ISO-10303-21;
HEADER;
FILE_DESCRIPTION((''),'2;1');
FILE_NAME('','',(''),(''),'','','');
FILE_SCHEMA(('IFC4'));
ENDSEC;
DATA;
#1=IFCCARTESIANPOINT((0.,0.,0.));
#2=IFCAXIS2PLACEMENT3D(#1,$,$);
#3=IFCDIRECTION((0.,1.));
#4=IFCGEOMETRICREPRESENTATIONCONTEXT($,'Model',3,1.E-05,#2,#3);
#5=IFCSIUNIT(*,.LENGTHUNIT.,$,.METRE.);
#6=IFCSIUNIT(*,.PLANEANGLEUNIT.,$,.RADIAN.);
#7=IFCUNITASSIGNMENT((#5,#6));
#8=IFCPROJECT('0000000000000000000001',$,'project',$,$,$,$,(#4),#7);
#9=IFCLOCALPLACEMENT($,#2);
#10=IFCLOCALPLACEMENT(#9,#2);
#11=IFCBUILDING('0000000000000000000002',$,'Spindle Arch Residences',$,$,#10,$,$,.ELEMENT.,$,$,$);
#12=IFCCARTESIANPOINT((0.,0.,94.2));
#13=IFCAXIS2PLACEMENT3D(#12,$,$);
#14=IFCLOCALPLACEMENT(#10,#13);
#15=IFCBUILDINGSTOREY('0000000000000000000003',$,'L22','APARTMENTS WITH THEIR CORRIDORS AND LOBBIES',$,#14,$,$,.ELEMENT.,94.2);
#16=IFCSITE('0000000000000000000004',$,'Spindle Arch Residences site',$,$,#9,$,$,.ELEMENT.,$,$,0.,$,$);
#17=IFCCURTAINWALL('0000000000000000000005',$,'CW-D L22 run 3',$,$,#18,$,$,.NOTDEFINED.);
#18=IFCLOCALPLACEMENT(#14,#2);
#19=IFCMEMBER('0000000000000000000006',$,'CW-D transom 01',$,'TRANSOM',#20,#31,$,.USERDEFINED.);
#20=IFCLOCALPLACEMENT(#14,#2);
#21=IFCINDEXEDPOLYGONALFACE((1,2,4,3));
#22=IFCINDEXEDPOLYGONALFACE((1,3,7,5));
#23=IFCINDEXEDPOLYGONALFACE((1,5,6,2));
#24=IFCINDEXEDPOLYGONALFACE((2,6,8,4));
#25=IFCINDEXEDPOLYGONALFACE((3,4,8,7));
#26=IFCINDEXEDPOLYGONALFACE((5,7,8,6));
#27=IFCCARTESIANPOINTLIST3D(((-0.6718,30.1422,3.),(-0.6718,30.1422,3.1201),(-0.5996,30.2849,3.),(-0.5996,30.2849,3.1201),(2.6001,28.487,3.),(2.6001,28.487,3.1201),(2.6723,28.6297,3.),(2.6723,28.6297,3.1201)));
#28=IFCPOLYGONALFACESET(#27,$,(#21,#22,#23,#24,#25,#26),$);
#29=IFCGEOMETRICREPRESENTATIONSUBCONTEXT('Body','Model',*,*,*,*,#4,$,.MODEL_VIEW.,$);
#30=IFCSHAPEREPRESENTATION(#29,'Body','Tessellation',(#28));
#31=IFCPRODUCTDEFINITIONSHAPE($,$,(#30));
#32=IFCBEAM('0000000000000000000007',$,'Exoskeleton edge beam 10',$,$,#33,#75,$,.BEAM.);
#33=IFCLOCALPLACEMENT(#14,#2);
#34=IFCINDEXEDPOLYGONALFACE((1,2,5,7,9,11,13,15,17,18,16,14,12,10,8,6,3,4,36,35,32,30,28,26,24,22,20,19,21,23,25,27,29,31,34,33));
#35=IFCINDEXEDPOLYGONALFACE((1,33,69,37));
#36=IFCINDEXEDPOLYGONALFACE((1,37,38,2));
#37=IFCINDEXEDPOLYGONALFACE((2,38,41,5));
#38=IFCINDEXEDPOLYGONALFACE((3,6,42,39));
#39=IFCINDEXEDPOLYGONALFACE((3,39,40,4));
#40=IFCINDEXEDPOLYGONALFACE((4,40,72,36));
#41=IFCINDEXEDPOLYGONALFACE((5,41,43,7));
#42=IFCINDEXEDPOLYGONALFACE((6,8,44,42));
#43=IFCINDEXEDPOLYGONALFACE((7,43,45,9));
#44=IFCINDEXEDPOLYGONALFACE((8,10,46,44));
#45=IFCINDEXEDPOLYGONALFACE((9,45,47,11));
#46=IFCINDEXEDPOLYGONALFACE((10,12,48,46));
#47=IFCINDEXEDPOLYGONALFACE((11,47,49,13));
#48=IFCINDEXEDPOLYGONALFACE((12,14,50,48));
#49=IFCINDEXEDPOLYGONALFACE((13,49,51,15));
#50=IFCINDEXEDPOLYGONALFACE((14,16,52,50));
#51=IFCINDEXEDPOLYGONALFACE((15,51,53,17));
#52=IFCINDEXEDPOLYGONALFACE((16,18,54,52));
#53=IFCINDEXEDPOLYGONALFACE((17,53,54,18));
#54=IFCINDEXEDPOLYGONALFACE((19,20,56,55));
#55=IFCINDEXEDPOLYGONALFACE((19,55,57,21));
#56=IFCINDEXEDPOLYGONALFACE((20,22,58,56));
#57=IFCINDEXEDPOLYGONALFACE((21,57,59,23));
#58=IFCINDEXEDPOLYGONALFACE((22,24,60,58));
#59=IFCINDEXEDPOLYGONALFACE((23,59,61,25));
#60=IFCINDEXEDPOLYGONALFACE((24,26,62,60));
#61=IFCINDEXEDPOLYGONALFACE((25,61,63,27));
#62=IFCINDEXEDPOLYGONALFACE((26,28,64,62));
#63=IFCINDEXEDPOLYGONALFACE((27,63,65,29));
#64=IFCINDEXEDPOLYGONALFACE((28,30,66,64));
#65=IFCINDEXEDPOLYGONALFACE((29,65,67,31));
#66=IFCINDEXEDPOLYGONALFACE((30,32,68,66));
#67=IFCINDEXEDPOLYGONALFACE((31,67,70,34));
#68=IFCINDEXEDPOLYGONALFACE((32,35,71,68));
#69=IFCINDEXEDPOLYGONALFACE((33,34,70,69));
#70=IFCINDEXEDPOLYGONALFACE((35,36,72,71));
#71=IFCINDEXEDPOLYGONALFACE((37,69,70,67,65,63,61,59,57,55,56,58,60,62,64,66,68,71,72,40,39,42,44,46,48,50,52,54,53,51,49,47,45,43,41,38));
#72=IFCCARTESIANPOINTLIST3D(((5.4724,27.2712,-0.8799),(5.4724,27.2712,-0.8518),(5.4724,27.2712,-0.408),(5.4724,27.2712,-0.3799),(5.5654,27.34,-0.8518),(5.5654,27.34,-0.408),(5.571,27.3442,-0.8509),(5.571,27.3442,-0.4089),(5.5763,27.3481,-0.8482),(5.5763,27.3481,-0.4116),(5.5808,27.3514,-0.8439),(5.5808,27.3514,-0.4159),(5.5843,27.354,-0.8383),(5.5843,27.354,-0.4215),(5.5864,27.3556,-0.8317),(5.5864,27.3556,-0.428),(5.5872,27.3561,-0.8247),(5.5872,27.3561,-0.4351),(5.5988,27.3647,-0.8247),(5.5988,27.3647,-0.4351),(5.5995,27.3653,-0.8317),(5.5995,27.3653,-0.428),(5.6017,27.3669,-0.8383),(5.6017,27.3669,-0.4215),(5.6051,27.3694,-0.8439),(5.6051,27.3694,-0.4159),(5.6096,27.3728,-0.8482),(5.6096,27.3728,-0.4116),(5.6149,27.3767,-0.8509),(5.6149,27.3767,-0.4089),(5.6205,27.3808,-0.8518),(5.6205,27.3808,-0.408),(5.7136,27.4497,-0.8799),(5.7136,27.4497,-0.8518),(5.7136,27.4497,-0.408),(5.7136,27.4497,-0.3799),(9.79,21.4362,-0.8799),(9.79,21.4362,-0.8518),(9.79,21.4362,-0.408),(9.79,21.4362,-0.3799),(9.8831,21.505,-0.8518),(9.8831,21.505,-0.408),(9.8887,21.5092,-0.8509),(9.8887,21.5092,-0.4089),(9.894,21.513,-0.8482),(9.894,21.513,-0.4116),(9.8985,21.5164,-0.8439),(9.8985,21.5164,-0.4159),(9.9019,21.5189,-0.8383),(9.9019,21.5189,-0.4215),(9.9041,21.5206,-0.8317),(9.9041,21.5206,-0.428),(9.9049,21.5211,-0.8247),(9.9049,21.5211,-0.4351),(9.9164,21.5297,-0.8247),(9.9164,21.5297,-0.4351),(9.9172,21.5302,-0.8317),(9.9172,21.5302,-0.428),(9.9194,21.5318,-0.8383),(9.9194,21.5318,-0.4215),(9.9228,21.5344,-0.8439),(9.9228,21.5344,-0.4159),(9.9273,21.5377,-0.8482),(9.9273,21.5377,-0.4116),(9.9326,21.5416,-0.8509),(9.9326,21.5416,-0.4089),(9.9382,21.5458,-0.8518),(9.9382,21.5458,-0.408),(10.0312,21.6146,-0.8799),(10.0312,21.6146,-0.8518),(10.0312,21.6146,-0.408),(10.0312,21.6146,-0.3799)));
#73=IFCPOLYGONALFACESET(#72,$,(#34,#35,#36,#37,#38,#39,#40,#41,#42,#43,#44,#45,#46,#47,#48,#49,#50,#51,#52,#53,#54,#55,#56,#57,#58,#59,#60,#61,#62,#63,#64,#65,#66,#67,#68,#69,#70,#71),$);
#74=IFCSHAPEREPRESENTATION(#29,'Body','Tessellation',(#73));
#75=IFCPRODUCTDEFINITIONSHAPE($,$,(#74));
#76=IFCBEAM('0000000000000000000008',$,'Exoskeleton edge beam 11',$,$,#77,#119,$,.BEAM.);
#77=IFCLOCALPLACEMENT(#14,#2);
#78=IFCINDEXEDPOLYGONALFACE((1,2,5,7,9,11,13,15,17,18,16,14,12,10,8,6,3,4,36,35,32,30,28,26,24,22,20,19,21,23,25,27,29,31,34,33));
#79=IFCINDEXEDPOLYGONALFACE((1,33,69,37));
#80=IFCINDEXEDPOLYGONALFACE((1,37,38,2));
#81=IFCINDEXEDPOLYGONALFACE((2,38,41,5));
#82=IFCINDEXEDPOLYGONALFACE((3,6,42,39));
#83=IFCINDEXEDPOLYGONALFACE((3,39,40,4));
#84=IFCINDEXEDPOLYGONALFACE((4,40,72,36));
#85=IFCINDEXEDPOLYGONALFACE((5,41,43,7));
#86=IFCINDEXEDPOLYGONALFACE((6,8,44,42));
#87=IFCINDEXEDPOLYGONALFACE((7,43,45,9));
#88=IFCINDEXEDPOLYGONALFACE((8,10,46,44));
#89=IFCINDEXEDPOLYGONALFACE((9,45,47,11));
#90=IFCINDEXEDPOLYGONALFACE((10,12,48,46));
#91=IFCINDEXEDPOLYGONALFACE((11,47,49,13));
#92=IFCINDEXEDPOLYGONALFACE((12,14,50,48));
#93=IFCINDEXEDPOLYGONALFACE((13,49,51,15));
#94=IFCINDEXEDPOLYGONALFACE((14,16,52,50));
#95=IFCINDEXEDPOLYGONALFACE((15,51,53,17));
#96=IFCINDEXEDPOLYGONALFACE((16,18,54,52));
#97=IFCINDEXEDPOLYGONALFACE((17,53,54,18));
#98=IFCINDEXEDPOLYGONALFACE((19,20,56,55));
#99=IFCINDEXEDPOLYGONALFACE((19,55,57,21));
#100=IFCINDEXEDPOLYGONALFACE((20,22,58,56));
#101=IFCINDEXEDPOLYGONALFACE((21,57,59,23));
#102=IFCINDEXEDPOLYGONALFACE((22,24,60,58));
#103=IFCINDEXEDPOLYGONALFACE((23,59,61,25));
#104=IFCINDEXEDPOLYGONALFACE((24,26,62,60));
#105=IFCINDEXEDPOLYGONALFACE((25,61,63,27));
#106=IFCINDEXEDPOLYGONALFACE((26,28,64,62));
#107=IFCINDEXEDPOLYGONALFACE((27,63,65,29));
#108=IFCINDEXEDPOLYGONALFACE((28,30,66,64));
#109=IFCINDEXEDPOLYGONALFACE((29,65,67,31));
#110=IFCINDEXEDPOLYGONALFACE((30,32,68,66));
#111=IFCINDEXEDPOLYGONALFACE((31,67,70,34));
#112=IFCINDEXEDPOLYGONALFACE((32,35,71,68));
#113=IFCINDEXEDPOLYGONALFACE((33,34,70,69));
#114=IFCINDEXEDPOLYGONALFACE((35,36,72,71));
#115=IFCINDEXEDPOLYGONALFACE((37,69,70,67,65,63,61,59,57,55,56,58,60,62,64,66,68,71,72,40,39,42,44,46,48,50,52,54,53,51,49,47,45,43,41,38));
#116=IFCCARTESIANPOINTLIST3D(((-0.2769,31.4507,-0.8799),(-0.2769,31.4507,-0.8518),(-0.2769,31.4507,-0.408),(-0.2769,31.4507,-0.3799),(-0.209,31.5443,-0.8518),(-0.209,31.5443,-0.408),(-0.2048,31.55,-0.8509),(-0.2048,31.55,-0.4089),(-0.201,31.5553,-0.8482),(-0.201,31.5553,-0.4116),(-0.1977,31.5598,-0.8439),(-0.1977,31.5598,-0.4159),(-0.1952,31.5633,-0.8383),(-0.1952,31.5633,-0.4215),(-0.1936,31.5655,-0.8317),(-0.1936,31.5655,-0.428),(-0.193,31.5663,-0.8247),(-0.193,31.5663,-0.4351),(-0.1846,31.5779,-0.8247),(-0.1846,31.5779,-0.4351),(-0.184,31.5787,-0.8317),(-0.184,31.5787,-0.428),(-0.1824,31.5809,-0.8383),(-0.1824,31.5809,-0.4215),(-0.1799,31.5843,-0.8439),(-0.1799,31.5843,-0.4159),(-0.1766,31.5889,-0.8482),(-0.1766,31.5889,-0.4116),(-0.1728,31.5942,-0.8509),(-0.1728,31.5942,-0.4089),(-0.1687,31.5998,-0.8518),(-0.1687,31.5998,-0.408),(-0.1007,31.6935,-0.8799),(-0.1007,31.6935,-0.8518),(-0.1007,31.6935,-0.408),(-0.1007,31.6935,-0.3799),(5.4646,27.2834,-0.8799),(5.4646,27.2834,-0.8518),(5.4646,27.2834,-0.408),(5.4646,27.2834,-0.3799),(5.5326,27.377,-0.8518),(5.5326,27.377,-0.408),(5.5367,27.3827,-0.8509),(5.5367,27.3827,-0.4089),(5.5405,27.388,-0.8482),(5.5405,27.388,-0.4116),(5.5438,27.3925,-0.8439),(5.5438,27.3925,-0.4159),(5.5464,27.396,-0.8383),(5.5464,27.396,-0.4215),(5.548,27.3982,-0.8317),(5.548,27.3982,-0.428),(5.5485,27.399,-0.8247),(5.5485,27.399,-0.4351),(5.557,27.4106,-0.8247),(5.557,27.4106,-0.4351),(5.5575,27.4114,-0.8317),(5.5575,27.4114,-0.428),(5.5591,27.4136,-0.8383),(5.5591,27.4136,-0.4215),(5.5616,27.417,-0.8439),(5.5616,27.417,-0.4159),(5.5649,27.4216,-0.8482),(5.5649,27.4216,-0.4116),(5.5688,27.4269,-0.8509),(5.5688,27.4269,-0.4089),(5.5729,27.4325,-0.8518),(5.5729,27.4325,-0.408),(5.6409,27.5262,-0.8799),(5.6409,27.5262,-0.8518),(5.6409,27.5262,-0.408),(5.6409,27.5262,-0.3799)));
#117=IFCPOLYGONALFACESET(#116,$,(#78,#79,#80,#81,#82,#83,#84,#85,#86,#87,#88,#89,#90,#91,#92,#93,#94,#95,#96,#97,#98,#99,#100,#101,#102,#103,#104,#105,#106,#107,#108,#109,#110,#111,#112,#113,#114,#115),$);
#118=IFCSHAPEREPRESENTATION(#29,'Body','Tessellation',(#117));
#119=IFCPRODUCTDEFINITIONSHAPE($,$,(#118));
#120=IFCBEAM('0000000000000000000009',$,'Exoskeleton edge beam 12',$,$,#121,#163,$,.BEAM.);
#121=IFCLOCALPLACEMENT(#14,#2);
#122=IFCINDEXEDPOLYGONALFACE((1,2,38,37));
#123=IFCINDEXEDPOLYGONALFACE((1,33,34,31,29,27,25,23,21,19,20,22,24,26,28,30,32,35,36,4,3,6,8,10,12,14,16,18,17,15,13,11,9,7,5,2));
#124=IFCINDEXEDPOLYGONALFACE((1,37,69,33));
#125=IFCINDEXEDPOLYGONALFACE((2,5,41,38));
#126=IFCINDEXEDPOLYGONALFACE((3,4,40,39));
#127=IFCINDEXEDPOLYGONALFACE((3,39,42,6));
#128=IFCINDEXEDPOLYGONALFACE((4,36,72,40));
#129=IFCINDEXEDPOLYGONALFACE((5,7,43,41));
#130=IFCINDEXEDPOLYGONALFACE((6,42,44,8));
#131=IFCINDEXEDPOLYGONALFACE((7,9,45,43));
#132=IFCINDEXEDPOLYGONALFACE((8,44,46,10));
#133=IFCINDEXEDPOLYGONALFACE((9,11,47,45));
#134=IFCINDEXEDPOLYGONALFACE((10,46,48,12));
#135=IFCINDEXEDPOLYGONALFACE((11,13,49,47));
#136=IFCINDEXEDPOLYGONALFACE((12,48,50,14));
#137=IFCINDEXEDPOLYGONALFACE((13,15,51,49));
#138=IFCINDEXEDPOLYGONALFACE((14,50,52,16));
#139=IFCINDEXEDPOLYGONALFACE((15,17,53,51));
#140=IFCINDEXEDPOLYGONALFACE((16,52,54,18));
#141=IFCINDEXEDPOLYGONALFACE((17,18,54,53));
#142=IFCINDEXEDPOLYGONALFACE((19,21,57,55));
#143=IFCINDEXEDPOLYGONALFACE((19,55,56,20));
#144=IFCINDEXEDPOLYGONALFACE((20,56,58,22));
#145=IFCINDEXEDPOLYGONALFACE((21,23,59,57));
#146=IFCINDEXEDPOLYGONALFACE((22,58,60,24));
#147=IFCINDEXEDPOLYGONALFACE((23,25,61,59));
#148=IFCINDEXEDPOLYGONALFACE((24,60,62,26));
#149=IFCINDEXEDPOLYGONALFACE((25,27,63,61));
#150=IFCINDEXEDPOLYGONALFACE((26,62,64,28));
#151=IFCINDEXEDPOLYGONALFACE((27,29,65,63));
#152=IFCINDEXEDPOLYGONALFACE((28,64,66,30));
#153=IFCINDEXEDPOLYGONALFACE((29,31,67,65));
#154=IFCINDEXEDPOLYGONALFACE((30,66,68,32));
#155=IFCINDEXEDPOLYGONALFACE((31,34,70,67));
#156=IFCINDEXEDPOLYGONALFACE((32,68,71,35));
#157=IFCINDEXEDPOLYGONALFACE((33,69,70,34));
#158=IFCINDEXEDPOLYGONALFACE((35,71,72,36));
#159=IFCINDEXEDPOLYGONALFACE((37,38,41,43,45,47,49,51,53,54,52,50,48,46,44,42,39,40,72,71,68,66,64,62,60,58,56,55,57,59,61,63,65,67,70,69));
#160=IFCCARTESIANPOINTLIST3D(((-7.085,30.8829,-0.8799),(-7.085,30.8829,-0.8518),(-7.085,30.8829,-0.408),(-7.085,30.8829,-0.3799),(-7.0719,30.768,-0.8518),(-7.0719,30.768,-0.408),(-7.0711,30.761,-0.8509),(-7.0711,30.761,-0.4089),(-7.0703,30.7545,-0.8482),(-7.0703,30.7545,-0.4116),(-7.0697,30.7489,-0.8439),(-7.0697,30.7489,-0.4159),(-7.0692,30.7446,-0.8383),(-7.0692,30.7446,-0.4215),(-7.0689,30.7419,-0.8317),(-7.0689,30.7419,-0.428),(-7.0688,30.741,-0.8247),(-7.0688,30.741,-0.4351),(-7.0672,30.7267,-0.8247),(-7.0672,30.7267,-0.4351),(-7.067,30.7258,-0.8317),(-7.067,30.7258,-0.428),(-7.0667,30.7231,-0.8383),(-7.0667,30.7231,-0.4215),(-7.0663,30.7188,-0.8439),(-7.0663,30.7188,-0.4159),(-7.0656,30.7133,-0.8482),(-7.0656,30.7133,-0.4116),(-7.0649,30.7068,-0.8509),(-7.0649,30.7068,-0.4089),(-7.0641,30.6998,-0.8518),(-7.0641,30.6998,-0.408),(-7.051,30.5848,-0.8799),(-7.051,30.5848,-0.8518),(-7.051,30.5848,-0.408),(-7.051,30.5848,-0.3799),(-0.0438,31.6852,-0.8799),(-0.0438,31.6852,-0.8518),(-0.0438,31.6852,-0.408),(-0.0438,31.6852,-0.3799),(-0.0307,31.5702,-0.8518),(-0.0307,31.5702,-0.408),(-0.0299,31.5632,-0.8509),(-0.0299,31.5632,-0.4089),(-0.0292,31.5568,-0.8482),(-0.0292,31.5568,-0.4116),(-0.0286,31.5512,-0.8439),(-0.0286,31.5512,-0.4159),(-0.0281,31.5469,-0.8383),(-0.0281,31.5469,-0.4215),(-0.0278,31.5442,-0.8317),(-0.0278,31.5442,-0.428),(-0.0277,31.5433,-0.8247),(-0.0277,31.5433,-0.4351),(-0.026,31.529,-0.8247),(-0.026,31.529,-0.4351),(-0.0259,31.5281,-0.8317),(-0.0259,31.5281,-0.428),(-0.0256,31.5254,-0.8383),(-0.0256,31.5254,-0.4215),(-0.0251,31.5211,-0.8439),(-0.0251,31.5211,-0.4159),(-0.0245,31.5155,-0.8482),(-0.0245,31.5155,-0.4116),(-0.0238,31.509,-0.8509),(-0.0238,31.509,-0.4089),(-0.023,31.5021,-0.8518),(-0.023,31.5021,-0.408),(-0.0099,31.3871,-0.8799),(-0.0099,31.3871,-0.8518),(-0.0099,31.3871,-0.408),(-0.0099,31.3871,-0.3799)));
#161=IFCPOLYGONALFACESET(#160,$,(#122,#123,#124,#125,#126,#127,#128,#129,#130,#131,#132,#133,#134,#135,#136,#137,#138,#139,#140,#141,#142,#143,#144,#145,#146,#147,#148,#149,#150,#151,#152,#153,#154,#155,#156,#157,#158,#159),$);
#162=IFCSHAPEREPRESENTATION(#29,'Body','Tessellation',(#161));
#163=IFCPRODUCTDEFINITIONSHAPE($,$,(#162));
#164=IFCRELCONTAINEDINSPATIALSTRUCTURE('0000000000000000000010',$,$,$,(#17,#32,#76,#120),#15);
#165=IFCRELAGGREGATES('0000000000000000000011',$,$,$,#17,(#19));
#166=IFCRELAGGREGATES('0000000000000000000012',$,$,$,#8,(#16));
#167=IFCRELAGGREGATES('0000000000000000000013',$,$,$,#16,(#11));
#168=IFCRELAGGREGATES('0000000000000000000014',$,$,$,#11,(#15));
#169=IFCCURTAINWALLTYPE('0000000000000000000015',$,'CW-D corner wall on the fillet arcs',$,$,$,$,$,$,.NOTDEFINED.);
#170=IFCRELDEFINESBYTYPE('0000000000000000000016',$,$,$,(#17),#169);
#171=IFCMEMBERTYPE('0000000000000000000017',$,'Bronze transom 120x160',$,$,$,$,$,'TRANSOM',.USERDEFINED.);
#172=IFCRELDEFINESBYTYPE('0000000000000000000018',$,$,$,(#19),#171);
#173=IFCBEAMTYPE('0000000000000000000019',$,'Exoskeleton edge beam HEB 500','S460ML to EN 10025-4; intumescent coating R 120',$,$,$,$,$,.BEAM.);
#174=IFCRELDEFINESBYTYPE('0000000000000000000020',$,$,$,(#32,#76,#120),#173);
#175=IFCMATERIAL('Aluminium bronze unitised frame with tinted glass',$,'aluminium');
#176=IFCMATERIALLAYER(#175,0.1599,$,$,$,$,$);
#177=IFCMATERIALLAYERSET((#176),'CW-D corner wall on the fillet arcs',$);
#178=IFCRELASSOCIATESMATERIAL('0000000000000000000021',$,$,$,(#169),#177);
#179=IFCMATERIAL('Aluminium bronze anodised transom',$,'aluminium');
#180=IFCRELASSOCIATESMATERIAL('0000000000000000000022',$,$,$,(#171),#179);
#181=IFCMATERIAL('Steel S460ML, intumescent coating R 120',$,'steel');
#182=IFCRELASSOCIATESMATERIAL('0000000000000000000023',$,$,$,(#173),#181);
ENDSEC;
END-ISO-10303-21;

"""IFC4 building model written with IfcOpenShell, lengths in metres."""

from ifc_helpers import new_model, si_unit, direction, frame, origin, origin_2d, place, context, subcontext, project, spatial, rectangle, i_section, extrude, material, layer, layer_set, material_profile, profile_set, type_object, element, aggregate, save


model = new_model("IFC4")

# Units and contexts
model_context = context("Model", 3, precision=1e-05, world=origin(), true_north=direction((0.0, 1.0)))
body_context = subcontext(model_context, "Body", "Model", "MODEL_VIEW")
ifc_project = project(units=[si_unit("LENGTHUNIT", "METRE"), si_unit("PLANEANGLEUNIT", "RADIAN")], contexts=[model_context])

# Site, building, storey
site_placement = place(None, origin())
site = spatial("IfcSite", under=ifc_project, at=site_placement, Name="Spindle Arch Residences site", CompositionType="ELEMENT", RefElevation=0.0)
building_placement = place(site_placement, origin())
building = spatial("IfcBuilding", under=site, at=building_placement, Name="Spindle Arch Residences", CompositionType="ELEMENT")
storey_placement = place(building_placement, frame((0.0, 0.0, 94.2)))
storey = spatial("IfcBuildingStorey", under=building, at=storey_placement, Name="L22", Description="APARTMENTS WITH THEIR CORRIDORS AND LOBBIES", CompositionType="ELEMENT", Elevation=94.2)

# Curtain wall, member
ifc_material_1 = material(Name="Aluminium bronze unitised frame with tinted glass", Category="aluminium")
ifc_layer_1 = layer(ifc_material_1, 0.1599)
ifc_layer_set_1 = layer_set([ifc_layer_1], Name="CW-D corner wall on the fillet arcs")
curtain_wall_type_1 = type_object("IfcCurtainWallType", Name="CW-D corner wall on the fillet arcs", PredefinedType="NOTDEFINED", material=ifc_layer_set_1)
curtain_wall_1_placement = place(storey_placement, origin())
curtain_wall_1 = element("IfcCurtainWall", 1, at=curtain_wall_1_placement, inside=storey, type_object=curtain_wall_type_1, Name="CW-D L22 run 3", PredefinedType="NOTDEFINED")
ifc_material_2 = material(Name="Aluminium bronze anodised transom", Category="aluminium")
ifc_material_profile_1 = material_profile(ifc_material_2, rectangle(XDim=0.1599, YDim=0.1201, at=origin_2d()), Name="TR 120x160")
ifc_profile_set_1 = profile_set([ifc_material_profile_1], Name="Aluminium bronze anodised transom")
member_type_1 = type_object("IfcMemberType", Name="Bronze transom 120x160", ElementType="TRANSOM", PredefinedType="USERDEFINED", material=ifc_profile_set_1)
member_1_placement = place(storey_placement, frame((2.6362, 28.5583, 3.0601), z_axis=(-0.892313, 0.451417, 0.0), x_axis=(-0.451417, -0.892313, 0.0)))
member_1 = element("IfcMember", 2, at=member_1_placement, type_object=member_type_1, Name="CW-D transom 01", ObjectType="TRANSOM", PredefinedType="USERDEFINED", context=body_context, shape_type="SweptSolid", body=[
    extrude(rectangle(XDim=0.1599, YDim=0.1201, at=origin_2d()), origin(), (0.0, 0.0, 1.0), 3.6667),
])

# Beams
ifc_material_3 = material(Name="Steel S460ML, intumescent coating R 120", Category="steel")
ifc_material_profile_2 = material_profile(ifc_material_3, i_section(OverallWidth=0.3, OverallDepth=0.5, WebThickness=0.0144, FlangeThickness=0.0281, FilletRadius=0.0271, at=origin_2d()), Name="HEB 500")
ifc_profile_set_2 = profile_set([ifc_material_profile_2], Name="Steel S460ML, intumescent coating R 120")
beam_type_1 = type_object("IfcBeamType", Name="Exoskeleton edge beam HEB 500", Description="S460ML to EN 10025-4; intumescent coating R 120", PredefinedType="BEAM", material=ifc_profile_set_2)
beam_1_placement = place(storey_placement, frame((9.9106, 21.5254, -0.6299), z_axis=(-0.594821, 0.803858, 0.0), x_axis=(-0.803858, -0.594821, 0.0)))
element("IfcBeam", 3, at=beam_1_placement, inside=storey, type_object=beam_type_1, Name="Exoskeleton edge beam 10", PredefinedType="BEAM", context=body_context, shape_type="SweptSolid", body=[
    extrude(i_section(OverallWidth=0.3, OverallDepth=0.5, WebThickness=0.0144, FlangeThickness=0.0281, FilletRadius=0.0271, at=origin_2d()), origin(), (0.0, 0.0, 1.0), 7.2588),
])
beam_2_placement = place(storey_placement, frame((5.5527, 27.4048, -0.6299), z_axis=(-0.809297, 0.5874, 0.0), x_axis=(-0.5874, -0.809297, 0.0)))
element("IfcBeam", 4, at=beam_2_placement, inside=storey, type_object=beam_type_1, Name="Exoskeleton edge beam 11", PredefinedType="BEAM", context=body_context, shape_type="SweptSolid", body=[
    extrude(i_section(OverallWidth=0.3, OverallDepth=0.5, WebThickness=0.0144, FlangeThickness=0.0281, FilletRadius=0.0271, at=origin_2d()), origin(), (0.0, 0.0, 1.0), 7.0945),
])
beam_3_placement = place(storey_placement, frame((-0.0269, 31.5361, -0.6299), z_axis=(-0.993571, -0.113207, 0.0), x_axis=(0.113207, -0.993571, 0.0)))
element("IfcBeam", 5, at=beam_3_placement, inside=storey, type_object=beam_type_1, Name="Exoskeleton edge beam 12", PredefinedType="BEAM", context=body_context, shape_type="SweptSolid", body=[
    extrude(i_section(OverallWidth=0.3, OverallDepth=0.5, WebThickness=0.0144, FlangeThickness=0.0281, FilletRadius=0.0271, at=origin_2d()), origin(), (0.0, 0.0, 1.0), 7.0867),
])

aggregate(curtain_wall_1, [member_1])

save(model, "model.ifc")
